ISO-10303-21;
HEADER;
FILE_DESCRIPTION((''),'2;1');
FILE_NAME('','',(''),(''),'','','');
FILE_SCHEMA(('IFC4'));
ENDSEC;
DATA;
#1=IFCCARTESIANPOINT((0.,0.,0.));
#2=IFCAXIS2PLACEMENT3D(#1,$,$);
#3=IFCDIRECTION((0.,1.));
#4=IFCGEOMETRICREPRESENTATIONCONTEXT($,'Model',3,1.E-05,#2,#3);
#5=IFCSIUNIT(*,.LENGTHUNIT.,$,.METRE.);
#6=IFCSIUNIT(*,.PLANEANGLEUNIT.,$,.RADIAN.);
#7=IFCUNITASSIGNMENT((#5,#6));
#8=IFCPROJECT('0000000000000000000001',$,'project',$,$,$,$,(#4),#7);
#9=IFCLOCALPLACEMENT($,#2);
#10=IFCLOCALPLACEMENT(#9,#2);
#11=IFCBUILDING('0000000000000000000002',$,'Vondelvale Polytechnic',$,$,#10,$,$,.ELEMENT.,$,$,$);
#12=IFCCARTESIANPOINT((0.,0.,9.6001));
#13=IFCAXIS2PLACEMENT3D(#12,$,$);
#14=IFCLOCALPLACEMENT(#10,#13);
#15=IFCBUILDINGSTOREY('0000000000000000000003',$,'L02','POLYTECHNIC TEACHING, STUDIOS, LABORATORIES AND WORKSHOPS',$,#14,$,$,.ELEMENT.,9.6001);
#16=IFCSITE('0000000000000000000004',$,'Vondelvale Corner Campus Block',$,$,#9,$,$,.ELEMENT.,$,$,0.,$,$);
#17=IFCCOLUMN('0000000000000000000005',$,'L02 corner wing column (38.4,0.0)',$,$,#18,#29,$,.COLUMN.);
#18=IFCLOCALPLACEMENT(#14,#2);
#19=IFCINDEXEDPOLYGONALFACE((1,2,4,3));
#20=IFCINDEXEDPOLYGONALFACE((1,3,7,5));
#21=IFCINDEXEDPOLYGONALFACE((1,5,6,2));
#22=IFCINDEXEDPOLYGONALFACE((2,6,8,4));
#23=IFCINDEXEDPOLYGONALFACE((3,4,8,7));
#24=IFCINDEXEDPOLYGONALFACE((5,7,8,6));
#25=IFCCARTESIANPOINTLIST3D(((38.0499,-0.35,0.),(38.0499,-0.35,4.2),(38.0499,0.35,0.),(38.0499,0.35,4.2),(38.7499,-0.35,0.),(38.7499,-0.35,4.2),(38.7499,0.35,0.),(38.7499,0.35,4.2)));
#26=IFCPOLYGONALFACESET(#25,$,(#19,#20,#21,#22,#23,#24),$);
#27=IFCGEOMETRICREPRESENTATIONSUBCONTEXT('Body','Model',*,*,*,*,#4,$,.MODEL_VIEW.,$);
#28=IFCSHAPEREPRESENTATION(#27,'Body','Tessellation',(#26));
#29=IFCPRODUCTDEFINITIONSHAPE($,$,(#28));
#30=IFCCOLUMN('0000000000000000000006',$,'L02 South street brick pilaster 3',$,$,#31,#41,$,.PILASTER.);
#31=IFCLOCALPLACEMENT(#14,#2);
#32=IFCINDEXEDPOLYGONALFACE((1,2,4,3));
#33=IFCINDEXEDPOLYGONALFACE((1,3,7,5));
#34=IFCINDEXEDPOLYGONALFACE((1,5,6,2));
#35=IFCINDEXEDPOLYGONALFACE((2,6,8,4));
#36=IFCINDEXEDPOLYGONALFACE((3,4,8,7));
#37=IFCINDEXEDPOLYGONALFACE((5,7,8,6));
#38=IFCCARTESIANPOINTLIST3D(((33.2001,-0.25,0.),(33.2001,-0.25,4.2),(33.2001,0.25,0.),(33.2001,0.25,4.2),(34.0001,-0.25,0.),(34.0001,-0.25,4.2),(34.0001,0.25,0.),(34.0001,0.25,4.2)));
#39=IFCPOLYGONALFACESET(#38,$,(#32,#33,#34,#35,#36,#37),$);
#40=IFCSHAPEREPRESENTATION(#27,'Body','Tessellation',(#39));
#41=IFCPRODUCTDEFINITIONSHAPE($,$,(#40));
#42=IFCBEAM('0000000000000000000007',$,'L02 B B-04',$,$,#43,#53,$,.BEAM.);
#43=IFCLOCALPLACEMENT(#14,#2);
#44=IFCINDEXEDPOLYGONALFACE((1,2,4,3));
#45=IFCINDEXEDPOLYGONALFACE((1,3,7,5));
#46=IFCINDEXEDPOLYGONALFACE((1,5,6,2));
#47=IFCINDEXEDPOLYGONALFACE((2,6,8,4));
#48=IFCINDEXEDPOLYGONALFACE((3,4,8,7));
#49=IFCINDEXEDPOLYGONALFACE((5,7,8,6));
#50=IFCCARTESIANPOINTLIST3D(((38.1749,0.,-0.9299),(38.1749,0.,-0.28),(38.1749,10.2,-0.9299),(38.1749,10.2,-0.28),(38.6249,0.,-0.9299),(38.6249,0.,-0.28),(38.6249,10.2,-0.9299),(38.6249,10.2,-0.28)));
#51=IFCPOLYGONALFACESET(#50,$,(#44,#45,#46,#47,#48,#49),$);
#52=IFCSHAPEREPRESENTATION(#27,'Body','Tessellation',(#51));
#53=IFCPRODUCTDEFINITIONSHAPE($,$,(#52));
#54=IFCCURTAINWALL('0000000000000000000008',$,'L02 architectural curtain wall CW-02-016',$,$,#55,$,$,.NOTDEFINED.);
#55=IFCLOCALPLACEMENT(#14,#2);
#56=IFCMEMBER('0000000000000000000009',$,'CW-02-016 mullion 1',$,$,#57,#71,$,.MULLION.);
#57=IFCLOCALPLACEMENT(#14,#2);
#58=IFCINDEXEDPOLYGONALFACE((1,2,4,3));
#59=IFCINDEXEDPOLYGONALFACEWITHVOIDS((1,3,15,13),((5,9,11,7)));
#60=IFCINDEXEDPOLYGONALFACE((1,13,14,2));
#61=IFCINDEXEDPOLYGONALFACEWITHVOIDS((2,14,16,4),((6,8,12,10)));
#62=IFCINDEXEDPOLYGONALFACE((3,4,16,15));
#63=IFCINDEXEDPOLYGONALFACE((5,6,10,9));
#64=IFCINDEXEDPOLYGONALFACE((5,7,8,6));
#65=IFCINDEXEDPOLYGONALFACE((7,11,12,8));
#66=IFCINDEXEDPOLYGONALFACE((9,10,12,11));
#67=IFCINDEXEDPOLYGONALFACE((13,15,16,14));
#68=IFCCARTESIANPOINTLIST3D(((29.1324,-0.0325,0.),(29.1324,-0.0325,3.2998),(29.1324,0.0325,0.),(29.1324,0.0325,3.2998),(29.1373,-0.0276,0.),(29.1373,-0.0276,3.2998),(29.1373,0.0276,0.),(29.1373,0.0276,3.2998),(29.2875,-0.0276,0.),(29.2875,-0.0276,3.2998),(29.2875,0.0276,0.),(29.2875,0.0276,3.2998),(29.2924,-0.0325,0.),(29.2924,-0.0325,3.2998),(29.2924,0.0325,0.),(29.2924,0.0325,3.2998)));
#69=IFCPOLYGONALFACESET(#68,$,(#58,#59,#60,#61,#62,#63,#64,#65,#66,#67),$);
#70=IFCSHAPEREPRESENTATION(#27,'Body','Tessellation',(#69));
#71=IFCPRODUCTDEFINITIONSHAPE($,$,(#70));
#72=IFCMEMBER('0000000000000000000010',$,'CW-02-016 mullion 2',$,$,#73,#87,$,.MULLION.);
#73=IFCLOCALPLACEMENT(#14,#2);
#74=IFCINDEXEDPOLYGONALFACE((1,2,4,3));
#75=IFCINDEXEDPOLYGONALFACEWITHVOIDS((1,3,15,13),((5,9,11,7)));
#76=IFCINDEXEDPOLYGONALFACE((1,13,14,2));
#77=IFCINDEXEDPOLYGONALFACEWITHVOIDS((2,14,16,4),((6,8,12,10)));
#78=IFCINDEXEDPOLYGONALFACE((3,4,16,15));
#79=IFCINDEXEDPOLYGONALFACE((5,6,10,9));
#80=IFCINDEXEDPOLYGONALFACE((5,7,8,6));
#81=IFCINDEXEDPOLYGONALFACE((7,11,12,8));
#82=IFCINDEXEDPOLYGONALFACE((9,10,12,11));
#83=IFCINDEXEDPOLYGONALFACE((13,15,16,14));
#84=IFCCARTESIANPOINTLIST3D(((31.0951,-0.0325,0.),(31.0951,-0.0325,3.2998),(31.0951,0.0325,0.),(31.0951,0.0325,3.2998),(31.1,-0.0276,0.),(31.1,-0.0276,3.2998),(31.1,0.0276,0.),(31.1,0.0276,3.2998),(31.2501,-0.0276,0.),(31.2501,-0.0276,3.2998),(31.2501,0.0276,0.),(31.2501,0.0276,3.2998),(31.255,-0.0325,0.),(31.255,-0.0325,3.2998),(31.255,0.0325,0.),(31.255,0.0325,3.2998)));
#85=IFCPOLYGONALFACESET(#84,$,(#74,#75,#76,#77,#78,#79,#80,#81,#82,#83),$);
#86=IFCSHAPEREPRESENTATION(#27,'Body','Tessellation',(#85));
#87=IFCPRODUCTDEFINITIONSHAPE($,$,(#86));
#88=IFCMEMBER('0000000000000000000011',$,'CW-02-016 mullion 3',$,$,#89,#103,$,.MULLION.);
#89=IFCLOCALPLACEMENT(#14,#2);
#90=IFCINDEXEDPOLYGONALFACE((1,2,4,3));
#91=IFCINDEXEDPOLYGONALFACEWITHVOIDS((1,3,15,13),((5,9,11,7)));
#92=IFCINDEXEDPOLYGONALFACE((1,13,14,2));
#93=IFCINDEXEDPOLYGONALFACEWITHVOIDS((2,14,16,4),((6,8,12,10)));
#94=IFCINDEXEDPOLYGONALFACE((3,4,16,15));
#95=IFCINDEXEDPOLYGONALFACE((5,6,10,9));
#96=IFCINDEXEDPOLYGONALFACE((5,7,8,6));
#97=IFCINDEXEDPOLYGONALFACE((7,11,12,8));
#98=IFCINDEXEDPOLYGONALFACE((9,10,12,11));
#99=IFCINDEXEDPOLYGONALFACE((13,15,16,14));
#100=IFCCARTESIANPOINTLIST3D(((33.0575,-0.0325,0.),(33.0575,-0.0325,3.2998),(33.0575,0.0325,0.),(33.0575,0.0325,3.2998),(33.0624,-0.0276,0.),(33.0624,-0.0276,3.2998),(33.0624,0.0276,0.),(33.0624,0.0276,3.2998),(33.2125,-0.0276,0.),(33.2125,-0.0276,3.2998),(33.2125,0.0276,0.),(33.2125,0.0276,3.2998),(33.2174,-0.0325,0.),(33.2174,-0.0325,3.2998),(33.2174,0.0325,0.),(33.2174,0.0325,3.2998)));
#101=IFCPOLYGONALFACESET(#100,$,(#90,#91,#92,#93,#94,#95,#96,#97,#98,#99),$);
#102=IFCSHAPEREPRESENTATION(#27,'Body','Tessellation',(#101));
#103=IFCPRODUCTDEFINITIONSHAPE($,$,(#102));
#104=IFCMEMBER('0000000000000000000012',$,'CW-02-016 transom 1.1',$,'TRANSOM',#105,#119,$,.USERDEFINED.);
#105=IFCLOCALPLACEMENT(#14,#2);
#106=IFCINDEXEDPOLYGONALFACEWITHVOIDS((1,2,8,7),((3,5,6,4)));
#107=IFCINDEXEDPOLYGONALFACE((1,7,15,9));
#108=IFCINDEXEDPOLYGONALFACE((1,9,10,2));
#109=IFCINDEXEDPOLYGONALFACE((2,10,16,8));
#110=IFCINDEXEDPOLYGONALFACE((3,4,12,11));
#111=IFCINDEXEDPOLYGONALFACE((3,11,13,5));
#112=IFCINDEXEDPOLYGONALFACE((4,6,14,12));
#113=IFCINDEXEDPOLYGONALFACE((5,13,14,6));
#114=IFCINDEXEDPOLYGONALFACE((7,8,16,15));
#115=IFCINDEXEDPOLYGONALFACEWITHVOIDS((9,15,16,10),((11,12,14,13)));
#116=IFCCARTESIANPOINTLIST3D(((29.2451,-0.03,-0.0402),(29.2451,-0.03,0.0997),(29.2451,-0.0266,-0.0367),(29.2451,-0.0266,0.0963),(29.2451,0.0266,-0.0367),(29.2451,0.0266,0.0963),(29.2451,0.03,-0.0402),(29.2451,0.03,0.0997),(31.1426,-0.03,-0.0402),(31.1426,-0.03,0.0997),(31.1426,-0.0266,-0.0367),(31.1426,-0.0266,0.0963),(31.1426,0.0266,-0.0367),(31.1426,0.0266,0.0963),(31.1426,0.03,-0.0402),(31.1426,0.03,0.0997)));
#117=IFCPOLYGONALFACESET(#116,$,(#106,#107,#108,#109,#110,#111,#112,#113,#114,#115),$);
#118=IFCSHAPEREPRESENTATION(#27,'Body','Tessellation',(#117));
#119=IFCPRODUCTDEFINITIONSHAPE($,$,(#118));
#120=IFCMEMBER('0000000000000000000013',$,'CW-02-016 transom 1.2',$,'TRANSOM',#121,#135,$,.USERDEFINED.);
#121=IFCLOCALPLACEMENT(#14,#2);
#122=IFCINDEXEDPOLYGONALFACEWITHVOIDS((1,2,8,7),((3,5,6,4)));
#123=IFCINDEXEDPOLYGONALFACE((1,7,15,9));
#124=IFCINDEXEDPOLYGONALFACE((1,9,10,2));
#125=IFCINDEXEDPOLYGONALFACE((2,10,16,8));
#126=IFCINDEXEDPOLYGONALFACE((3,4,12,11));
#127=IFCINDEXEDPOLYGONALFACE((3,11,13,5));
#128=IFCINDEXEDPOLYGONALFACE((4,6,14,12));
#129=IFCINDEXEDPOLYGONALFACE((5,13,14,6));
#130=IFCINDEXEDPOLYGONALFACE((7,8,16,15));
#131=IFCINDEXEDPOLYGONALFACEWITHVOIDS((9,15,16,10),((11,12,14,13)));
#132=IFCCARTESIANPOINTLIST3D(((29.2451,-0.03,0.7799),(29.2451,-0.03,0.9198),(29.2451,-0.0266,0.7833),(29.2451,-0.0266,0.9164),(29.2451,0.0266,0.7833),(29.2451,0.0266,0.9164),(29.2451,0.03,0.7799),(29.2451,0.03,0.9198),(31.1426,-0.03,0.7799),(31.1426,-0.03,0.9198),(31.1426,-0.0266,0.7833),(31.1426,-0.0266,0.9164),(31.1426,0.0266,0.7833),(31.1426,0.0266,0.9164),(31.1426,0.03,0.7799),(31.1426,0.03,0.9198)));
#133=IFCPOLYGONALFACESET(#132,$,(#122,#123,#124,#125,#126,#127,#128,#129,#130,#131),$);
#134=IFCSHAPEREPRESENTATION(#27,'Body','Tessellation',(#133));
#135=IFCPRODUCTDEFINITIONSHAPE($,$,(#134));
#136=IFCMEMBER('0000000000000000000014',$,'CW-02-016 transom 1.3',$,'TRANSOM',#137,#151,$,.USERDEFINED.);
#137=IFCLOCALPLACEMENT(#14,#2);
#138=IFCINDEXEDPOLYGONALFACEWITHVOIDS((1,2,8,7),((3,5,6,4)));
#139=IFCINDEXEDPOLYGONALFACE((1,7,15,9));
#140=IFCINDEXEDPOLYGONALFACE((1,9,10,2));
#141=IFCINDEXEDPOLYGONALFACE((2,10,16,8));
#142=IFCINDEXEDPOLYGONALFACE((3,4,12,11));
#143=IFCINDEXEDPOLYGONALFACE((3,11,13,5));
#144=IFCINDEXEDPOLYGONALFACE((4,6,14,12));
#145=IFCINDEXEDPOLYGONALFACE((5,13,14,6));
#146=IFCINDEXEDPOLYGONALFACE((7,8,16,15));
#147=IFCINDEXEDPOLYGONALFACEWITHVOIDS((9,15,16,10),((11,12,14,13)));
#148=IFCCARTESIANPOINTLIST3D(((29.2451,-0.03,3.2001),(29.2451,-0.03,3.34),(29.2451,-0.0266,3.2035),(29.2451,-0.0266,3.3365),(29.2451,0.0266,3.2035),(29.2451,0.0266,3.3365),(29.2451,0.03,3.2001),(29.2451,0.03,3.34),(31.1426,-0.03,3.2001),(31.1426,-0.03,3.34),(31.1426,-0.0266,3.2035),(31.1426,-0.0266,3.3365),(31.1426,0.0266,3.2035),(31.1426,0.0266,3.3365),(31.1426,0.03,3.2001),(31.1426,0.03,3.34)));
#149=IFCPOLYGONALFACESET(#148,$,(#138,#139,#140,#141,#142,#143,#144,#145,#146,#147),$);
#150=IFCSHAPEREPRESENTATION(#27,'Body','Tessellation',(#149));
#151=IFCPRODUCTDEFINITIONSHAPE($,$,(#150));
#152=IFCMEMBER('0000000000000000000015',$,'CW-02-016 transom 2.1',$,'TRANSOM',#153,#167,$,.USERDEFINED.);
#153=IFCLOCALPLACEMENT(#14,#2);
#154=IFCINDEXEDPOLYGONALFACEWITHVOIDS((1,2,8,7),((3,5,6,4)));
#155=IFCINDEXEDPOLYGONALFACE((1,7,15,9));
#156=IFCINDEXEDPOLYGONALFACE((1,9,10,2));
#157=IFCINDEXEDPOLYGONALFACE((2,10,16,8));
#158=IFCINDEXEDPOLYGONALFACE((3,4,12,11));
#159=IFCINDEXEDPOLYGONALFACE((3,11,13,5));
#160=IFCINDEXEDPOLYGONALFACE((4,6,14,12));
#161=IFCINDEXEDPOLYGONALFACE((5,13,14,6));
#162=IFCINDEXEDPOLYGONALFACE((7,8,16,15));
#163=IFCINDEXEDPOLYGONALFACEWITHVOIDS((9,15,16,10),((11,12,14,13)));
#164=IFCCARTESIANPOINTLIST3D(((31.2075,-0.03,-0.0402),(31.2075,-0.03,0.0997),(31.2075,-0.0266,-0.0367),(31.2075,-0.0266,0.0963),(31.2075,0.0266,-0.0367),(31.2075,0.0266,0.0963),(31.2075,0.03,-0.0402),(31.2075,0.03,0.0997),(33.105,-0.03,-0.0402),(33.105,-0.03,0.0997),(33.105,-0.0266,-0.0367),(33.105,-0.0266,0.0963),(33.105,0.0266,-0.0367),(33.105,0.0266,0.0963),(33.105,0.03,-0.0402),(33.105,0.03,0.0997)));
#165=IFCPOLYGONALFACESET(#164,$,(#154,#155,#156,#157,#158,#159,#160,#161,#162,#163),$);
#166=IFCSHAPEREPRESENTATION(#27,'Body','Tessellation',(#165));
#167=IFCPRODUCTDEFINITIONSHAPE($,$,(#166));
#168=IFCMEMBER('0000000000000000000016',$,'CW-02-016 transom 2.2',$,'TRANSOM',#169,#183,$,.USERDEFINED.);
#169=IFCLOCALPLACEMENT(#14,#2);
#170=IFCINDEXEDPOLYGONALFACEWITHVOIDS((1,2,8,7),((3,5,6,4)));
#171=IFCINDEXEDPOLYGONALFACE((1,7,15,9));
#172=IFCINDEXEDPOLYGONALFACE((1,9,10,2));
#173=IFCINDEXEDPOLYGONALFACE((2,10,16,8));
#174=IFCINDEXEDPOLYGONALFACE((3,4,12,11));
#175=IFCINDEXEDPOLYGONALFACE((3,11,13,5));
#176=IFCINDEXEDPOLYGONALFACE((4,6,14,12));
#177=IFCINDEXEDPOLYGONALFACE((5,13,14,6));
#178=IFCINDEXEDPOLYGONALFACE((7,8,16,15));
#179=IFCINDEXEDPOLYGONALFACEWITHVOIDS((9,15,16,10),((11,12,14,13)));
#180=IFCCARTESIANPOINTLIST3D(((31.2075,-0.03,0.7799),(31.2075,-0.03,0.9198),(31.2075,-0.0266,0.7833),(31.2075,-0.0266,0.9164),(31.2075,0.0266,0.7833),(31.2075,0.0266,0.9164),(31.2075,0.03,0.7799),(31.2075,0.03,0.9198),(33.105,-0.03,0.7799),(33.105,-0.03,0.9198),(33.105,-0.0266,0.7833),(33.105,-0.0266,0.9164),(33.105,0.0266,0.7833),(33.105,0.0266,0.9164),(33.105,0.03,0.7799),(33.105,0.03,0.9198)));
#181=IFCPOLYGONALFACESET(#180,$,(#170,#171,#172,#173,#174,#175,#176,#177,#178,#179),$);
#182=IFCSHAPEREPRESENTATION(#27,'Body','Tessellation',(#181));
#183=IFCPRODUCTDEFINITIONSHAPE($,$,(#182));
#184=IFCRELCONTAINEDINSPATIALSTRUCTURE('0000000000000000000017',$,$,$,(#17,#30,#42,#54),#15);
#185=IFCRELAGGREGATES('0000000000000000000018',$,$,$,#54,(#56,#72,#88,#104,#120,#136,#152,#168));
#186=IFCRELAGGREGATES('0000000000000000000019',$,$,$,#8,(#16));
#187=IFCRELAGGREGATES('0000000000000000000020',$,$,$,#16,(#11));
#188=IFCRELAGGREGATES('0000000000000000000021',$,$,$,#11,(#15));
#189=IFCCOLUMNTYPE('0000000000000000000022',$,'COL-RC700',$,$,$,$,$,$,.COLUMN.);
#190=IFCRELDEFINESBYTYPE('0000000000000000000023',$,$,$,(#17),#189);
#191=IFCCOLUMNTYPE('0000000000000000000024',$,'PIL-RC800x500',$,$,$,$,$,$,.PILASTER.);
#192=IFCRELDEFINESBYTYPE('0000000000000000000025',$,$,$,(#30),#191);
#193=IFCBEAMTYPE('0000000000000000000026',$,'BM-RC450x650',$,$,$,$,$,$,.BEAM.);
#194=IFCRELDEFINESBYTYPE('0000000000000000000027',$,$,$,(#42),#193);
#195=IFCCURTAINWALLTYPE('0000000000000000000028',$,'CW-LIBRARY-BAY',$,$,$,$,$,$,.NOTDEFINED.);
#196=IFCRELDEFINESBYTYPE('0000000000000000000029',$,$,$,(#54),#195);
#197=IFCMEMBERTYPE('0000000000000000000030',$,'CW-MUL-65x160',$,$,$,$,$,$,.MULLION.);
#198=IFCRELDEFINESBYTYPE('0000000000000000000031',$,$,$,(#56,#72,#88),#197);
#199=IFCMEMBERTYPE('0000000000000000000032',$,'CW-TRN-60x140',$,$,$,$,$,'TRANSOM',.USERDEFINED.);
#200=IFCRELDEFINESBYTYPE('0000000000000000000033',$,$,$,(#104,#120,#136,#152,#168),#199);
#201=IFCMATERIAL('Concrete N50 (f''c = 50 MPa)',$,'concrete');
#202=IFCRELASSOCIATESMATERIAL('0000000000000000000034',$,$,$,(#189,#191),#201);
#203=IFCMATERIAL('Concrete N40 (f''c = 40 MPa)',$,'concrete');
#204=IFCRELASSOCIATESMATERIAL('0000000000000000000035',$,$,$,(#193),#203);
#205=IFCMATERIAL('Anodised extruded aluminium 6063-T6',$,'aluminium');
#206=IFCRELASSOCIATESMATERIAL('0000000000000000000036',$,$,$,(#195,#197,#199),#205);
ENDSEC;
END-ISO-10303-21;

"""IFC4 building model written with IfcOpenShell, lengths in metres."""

from ifc_helpers import new_model, si_unit, direction, frame, origin, origin_2d, place, context, subcontext, project, spatial, rectangle, hollow_rectangle, extrude, material, material_profile, profile_set, type_object, element, aggregate, save


model = new_model("IFC4")

# Units and contexts
model_context = context("Model", 3, precision=1e-05, world=origin(), true_north=direction((0.0, 1.0)))
body_context = subcontext(model_context, "Body", "Model", "MODEL_VIEW")
ifc_project = project(units=[si_unit("LENGTHUNIT", "METRE"), si_unit("PLANEANGLEUNIT", "RADIAN")], contexts=[model_context])

# Site, building, storey
site_placement = place(None, origin())
site = spatial("IfcSite", under=ifc_project, at=site_placement, Name="Vondelvale Corner Campus Block", CompositionType="ELEMENT", RefElevation=0.0)
building_placement = place(site_placement, origin())
building = spatial("IfcBuilding", under=site, at=building_placement, Name="Vondelvale Polytechnic", CompositionType="ELEMENT")
storey_placement = place(building_placement, frame((0.0, 0.0, 9.6001)))
storey = spatial("IfcBuildingStorey", under=building, at=storey_placement, Name="L02", Description="POLYTECHNIC TEACHING, STUDIOS, LABORATORIES AND WORKSHOPS", CompositionType="ELEMENT", Elevation=9.6001)

# Columns
ifc_material_1 = material(Name="Concrete N50 (f'c = 50 MPa)", Category="concrete")
ifc_material_profile_1 = material_profile(ifc_material_1, rectangle(XDim=0.7, YDim=0.7, at=origin_2d()), Name="RC-COL-700x700")
ifc_profile_set_1 = profile_set([ifc_material_profile_1], Name="Concrete N50 (f'c = 50 MPa)")
column_type_1 = type_object("IfcColumnType", Name="COL-RC700", PredefinedType="COLUMN", material=ifc_profile_set_1)
column_1_placement = place(storey_placement, frame((38.3999, 0.0, 0.0), z_axis=(0.0, 0.0, 1.0), x_axis=(1.0, 0.0, 0.0)))
element("IfcColumn", 1, at=column_1_placement, inside=storey, type_object=column_type_1, Name="L02 corner wing column (38.4,0.0)", PredefinedType="COLUMN", context=body_context, shape_type="SweptSolid", body=[
    extrude(rectangle(XDim=0.7, YDim=0.7, at=origin_2d()), origin(), (0.0, 0.0, 1.0), 4.2),
])
ifc_material_profile_2 = material_profile(ifc_material_1, rectangle(XDim=0.5, YDim=0.8, at=origin_2d()), Name="RC-PIL-800x500")
ifc_profile_set_2 = profile_set([ifc_material_profile_2], Name="Concrete N50 (f'c = 50 MPa)")
column_type_2 = type_object("IfcColumnType", Name="PIL-RC800x500", PredefinedType="PILASTER", material=ifc_profile_set_2)
column_2_placement = place(storey_placement, frame((33.6001, 0.0, 0.0), z_axis=(0.0, 0.0, 1.0), x_axis=(0.0, 1.0, 0.0)))
element("IfcColumn", 2, at=column_2_placement, inside=storey, type_object=column_type_2, Name="L02 South street brick pilaster 3", PredefinedType="PILASTER", context=body_context, shape_type="SweptSolid", body=[
    extrude(rectangle(XDim=0.5, YDim=0.8, at=origin_2d()), origin(), (0.0, 0.0, 1.0), 4.2),
])

# Beam
ifc_material_2 = material(Name="Concrete N40 (f'c = 40 MPa)", Category="concrete")
ifc_material_profile_3 = material_profile(ifc_material_2, rectangle(XDim=0.45, YDim=0.6499, at=origin_2d()), Name="RC-BM-450x650")
ifc_profile_set_3 = profile_set([ifc_material_profile_3], Name="Concrete N40 (f'c = 40 MPa)")
beam_type_1 = type_object("IfcBeamType", Name="BM-RC450x650", PredefinedType="BEAM", material=ifc_profile_set_3)
beam_1_placement = place(storey_placement, frame((38.3999, 0.0, -0.605), z_axis=(0.0, 1.0, 0.0), x_axis=(-1.0, 0.0, 0.0)))
element("IfcBeam", 3, at=beam_1_placement, inside=storey, type_object=beam_type_1, Name="L02 B B-04", PredefinedType="BEAM", context=body_context, shape_type="SweptSolid", body=[
    extrude(rectangle(XDim=0.45, YDim=0.6499, at=origin_2d()), origin(), (0.0, 0.0, 1.0), 10.2),
])

# Curtain wall, members
ifc_material_3 = material(Name="Anodised extruded aluminium 6063-T6", Category="aluminium")
curtain_wall_type = type_object("IfcCurtainWallType", Name="CW-LIBRARY-BAY", PredefinedType="NOTDEFINED", material=ifc_material_3)
curtain_wall_placement = place(storey_placement, origin())
curtain_wall = element("IfcCurtainWall", 4, at=curtain_wall_placement, inside=storey, type_object=curtain_wall_type, Name="L02 architectural curtain wall CW-02-016", PredefinedType="NOTDEFINED")
ifc_material_profile_4 = material_profile(ifc_material_3, hollow_rectangle(XDim=0.0649, YDim=0.1599, WallThickness=0.0049, at=origin_2d()), Name="CW-MUL-160x65")
ifc_profile_set_4 = profile_set([ifc_material_profile_4], Name="Anodised extruded aluminium 6063-T6")
member_type_1 = type_object("IfcMemberType", Name="CW-MUL-65x160", PredefinedType="MULLION", material=ifc_profile_set_4)
member_1_placement = place(storey_placement, frame((29.2124, 0.0, 0.0), z_axis=(0.0, 0.0, 1.0), x_axis=(0.0, 1.0, 0.0)))
member_1 = element("IfcMember", 5, at=member_1_placement, type_object=member_type_1, Name="CW-02-016 mullion 1", PredefinedType="MULLION", context=body_context, shape_type="SweptSolid", body=[
    extrude(hollow_rectangle(XDim=0.0649, YDim=0.1599, WallThickness=0.0049, at=origin_2d()), origin(), (0.0, 0.0, 1.0), 3.2998),
])
member_2_placement = place(storey_placement, frame((31.175, 0.0, 0.0), z_axis=(0.0, 0.0, 1.0), x_axis=(0.0, 1.0, 0.0)))
member_2 = element("IfcMember", 6, at=member_2_placement, type_object=member_type_1, Name="CW-02-016 mullion 2", PredefinedType="MULLION", context=body_context, shape_type="SweptSolid", body=[
    extrude(hollow_rectangle(XDim=0.0649, YDim=0.1599, WallThickness=0.0049, at=origin_2d()), origin(), (0.0, 0.0, 1.0), 3.2998),
])
member_3_placement = place(storey_placement, frame((33.1375, 0.0, 0.0), z_axis=(0.0, 0.0, 1.0), x_axis=(0.0, 1.0, 0.0)))
member_3 = element("IfcMember", 7, at=member_3_placement, type_object=member_type_1, Name="CW-02-016 mullion 3", PredefinedType="MULLION", context=body_context, shape_type="SweptSolid", body=[
    extrude(hollow_rectangle(XDim=0.0649, YDim=0.1599, WallThickness=0.0049, at=origin_2d()), origin(), (0.0, 0.0, 1.0), 3.2998),
])
ifc_material_profile_5 = material_profile(ifc_material_3, hollow_rectangle(XDim=0.0601, YDim=0.1399, WallThickness=0.0034, at=origin_2d()), Name="CW-TRN-140x60")
ifc_profile_set_5 = profile_set([ifc_material_profile_5], Name="Anodised extruded aluminium 6063-T6")
member_type_2 = type_object("IfcMemberType", Name="CW-TRN-60x140", ElementType="TRANSOM", PredefinedType="USERDEFINED", material=ifc_profile_set_5)
member_4_placement = place(storey_placement, frame((29.2451, 0.0, 0.0298), z_axis=(1.0, 0.0, 0.0), x_axis=(0.0, 1.0, 0.0)))
member_4 = element("IfcMember", 8, at=member_4_placement, type_object=member_type_2, Name="CW-02-016 transom 1.1", ObjectType="TRANSOM", PredefinedType="USERDEFINED", context=body_context, shape_type="SweptSolid", body=[
    extrude(hollow_rectangle(XDim=0.0601, YDim=0.1399, WallThickness=0.0034, at=origin_2d()), origin(), (0.0, 0.0, 1.0), 1.8975),
])
member_5_placement = place(storey_placement, frame((29.2451, 0.0, 0.8499), z_axis=(1.0, 0.0, 0.0), x_axis=(0.0, 1.0, 0.0)))
member_5 = element("IfcMember", 9, at=member_5_placement, type_object=member_type_2, Name="CW-02-016 transom 1.2", ObjectType="TRANSOM", PredefinedType="USERDEFINED", context=body_context, shape_type="SweptSolid", body=[
    extrude(hollow_rectangle(XDim=0.0601, YDim=0.1399, WallThickness=0.0034, at=origin_2d()), origin(), (0.0, 0.0, 1.0), 1.8975),
])
member_6_placement = place(storey_placement, frame((29.2451, 0.0, 3.27), z_axis=(1.0, 0.0, 0.0), x_axis=(0.0, 1.0, 0.0)))
member_6 = element("IfcMember", 10, at=member_6_placement, type_object=member_type_2, Name="CW-02-016 transom 1.3", ObjectType="TRANSOM", PredefinedType="USERDEFINED", context=body_context, shape_type="SweptSolid", body=[
    extrude(hollow_rectangle(XDim=0.0601, YDim=0.1399, WallThickness=0.0034, at=origin_2d()), origin(), (0.0, 0.0, 1.0), 1.8975),
])
member_7_placement = place(storey_placement, frame((31.2075, 0.0, 0.0298), z_axis=(1.0, 0.0, 0.0), x_axis=(0.0, 1.0, 0.0)))
member_7 = element("IfcMember", 11, at=member_7_placement, type_object=member_type_2, Name="CW-02-016 transom 2.1", ObjectType="TRANSOM", PredefinedType="USERDEFINED", context=body_context, shape_type="SweptSolid", body=[
    extrude(hollow_rectangle(XDim=0.0601, YDim=0.1399, WallThickness=0.0034, at=origin_2d()), origin(), (0.0, 0.0, 1.0), 1.8975),
])
member_8_placement = place(storey_placement, frame((31.2075, 0.0, 0.8499), z_axis=(1.0, 0.0, 0.0), x_axis=(0.0, 1.0, 0.0)))
member_8 = element("IfcMember", 12, at=member_8_placement, type_object=member_type_2, Name="CW-02-016 transom 2.2", ObjectType="TRANSOM", PredefinedType="USERDEFINED", context=body_context, shape_type="SweptSolid", body=[
    extrude(hollow_rectangle(XDim=0.0601, YDim=0.1399, WallThickness=0.0034, at=origin_2d()), origin(), (0.0, 0.0, 1.0), 1.8975),
])

aggregate(curtain_wall, [member_1, member_2, member_3, member_4, member_5, member_6, member_7, member_8])

save(model, "model.ifc")
